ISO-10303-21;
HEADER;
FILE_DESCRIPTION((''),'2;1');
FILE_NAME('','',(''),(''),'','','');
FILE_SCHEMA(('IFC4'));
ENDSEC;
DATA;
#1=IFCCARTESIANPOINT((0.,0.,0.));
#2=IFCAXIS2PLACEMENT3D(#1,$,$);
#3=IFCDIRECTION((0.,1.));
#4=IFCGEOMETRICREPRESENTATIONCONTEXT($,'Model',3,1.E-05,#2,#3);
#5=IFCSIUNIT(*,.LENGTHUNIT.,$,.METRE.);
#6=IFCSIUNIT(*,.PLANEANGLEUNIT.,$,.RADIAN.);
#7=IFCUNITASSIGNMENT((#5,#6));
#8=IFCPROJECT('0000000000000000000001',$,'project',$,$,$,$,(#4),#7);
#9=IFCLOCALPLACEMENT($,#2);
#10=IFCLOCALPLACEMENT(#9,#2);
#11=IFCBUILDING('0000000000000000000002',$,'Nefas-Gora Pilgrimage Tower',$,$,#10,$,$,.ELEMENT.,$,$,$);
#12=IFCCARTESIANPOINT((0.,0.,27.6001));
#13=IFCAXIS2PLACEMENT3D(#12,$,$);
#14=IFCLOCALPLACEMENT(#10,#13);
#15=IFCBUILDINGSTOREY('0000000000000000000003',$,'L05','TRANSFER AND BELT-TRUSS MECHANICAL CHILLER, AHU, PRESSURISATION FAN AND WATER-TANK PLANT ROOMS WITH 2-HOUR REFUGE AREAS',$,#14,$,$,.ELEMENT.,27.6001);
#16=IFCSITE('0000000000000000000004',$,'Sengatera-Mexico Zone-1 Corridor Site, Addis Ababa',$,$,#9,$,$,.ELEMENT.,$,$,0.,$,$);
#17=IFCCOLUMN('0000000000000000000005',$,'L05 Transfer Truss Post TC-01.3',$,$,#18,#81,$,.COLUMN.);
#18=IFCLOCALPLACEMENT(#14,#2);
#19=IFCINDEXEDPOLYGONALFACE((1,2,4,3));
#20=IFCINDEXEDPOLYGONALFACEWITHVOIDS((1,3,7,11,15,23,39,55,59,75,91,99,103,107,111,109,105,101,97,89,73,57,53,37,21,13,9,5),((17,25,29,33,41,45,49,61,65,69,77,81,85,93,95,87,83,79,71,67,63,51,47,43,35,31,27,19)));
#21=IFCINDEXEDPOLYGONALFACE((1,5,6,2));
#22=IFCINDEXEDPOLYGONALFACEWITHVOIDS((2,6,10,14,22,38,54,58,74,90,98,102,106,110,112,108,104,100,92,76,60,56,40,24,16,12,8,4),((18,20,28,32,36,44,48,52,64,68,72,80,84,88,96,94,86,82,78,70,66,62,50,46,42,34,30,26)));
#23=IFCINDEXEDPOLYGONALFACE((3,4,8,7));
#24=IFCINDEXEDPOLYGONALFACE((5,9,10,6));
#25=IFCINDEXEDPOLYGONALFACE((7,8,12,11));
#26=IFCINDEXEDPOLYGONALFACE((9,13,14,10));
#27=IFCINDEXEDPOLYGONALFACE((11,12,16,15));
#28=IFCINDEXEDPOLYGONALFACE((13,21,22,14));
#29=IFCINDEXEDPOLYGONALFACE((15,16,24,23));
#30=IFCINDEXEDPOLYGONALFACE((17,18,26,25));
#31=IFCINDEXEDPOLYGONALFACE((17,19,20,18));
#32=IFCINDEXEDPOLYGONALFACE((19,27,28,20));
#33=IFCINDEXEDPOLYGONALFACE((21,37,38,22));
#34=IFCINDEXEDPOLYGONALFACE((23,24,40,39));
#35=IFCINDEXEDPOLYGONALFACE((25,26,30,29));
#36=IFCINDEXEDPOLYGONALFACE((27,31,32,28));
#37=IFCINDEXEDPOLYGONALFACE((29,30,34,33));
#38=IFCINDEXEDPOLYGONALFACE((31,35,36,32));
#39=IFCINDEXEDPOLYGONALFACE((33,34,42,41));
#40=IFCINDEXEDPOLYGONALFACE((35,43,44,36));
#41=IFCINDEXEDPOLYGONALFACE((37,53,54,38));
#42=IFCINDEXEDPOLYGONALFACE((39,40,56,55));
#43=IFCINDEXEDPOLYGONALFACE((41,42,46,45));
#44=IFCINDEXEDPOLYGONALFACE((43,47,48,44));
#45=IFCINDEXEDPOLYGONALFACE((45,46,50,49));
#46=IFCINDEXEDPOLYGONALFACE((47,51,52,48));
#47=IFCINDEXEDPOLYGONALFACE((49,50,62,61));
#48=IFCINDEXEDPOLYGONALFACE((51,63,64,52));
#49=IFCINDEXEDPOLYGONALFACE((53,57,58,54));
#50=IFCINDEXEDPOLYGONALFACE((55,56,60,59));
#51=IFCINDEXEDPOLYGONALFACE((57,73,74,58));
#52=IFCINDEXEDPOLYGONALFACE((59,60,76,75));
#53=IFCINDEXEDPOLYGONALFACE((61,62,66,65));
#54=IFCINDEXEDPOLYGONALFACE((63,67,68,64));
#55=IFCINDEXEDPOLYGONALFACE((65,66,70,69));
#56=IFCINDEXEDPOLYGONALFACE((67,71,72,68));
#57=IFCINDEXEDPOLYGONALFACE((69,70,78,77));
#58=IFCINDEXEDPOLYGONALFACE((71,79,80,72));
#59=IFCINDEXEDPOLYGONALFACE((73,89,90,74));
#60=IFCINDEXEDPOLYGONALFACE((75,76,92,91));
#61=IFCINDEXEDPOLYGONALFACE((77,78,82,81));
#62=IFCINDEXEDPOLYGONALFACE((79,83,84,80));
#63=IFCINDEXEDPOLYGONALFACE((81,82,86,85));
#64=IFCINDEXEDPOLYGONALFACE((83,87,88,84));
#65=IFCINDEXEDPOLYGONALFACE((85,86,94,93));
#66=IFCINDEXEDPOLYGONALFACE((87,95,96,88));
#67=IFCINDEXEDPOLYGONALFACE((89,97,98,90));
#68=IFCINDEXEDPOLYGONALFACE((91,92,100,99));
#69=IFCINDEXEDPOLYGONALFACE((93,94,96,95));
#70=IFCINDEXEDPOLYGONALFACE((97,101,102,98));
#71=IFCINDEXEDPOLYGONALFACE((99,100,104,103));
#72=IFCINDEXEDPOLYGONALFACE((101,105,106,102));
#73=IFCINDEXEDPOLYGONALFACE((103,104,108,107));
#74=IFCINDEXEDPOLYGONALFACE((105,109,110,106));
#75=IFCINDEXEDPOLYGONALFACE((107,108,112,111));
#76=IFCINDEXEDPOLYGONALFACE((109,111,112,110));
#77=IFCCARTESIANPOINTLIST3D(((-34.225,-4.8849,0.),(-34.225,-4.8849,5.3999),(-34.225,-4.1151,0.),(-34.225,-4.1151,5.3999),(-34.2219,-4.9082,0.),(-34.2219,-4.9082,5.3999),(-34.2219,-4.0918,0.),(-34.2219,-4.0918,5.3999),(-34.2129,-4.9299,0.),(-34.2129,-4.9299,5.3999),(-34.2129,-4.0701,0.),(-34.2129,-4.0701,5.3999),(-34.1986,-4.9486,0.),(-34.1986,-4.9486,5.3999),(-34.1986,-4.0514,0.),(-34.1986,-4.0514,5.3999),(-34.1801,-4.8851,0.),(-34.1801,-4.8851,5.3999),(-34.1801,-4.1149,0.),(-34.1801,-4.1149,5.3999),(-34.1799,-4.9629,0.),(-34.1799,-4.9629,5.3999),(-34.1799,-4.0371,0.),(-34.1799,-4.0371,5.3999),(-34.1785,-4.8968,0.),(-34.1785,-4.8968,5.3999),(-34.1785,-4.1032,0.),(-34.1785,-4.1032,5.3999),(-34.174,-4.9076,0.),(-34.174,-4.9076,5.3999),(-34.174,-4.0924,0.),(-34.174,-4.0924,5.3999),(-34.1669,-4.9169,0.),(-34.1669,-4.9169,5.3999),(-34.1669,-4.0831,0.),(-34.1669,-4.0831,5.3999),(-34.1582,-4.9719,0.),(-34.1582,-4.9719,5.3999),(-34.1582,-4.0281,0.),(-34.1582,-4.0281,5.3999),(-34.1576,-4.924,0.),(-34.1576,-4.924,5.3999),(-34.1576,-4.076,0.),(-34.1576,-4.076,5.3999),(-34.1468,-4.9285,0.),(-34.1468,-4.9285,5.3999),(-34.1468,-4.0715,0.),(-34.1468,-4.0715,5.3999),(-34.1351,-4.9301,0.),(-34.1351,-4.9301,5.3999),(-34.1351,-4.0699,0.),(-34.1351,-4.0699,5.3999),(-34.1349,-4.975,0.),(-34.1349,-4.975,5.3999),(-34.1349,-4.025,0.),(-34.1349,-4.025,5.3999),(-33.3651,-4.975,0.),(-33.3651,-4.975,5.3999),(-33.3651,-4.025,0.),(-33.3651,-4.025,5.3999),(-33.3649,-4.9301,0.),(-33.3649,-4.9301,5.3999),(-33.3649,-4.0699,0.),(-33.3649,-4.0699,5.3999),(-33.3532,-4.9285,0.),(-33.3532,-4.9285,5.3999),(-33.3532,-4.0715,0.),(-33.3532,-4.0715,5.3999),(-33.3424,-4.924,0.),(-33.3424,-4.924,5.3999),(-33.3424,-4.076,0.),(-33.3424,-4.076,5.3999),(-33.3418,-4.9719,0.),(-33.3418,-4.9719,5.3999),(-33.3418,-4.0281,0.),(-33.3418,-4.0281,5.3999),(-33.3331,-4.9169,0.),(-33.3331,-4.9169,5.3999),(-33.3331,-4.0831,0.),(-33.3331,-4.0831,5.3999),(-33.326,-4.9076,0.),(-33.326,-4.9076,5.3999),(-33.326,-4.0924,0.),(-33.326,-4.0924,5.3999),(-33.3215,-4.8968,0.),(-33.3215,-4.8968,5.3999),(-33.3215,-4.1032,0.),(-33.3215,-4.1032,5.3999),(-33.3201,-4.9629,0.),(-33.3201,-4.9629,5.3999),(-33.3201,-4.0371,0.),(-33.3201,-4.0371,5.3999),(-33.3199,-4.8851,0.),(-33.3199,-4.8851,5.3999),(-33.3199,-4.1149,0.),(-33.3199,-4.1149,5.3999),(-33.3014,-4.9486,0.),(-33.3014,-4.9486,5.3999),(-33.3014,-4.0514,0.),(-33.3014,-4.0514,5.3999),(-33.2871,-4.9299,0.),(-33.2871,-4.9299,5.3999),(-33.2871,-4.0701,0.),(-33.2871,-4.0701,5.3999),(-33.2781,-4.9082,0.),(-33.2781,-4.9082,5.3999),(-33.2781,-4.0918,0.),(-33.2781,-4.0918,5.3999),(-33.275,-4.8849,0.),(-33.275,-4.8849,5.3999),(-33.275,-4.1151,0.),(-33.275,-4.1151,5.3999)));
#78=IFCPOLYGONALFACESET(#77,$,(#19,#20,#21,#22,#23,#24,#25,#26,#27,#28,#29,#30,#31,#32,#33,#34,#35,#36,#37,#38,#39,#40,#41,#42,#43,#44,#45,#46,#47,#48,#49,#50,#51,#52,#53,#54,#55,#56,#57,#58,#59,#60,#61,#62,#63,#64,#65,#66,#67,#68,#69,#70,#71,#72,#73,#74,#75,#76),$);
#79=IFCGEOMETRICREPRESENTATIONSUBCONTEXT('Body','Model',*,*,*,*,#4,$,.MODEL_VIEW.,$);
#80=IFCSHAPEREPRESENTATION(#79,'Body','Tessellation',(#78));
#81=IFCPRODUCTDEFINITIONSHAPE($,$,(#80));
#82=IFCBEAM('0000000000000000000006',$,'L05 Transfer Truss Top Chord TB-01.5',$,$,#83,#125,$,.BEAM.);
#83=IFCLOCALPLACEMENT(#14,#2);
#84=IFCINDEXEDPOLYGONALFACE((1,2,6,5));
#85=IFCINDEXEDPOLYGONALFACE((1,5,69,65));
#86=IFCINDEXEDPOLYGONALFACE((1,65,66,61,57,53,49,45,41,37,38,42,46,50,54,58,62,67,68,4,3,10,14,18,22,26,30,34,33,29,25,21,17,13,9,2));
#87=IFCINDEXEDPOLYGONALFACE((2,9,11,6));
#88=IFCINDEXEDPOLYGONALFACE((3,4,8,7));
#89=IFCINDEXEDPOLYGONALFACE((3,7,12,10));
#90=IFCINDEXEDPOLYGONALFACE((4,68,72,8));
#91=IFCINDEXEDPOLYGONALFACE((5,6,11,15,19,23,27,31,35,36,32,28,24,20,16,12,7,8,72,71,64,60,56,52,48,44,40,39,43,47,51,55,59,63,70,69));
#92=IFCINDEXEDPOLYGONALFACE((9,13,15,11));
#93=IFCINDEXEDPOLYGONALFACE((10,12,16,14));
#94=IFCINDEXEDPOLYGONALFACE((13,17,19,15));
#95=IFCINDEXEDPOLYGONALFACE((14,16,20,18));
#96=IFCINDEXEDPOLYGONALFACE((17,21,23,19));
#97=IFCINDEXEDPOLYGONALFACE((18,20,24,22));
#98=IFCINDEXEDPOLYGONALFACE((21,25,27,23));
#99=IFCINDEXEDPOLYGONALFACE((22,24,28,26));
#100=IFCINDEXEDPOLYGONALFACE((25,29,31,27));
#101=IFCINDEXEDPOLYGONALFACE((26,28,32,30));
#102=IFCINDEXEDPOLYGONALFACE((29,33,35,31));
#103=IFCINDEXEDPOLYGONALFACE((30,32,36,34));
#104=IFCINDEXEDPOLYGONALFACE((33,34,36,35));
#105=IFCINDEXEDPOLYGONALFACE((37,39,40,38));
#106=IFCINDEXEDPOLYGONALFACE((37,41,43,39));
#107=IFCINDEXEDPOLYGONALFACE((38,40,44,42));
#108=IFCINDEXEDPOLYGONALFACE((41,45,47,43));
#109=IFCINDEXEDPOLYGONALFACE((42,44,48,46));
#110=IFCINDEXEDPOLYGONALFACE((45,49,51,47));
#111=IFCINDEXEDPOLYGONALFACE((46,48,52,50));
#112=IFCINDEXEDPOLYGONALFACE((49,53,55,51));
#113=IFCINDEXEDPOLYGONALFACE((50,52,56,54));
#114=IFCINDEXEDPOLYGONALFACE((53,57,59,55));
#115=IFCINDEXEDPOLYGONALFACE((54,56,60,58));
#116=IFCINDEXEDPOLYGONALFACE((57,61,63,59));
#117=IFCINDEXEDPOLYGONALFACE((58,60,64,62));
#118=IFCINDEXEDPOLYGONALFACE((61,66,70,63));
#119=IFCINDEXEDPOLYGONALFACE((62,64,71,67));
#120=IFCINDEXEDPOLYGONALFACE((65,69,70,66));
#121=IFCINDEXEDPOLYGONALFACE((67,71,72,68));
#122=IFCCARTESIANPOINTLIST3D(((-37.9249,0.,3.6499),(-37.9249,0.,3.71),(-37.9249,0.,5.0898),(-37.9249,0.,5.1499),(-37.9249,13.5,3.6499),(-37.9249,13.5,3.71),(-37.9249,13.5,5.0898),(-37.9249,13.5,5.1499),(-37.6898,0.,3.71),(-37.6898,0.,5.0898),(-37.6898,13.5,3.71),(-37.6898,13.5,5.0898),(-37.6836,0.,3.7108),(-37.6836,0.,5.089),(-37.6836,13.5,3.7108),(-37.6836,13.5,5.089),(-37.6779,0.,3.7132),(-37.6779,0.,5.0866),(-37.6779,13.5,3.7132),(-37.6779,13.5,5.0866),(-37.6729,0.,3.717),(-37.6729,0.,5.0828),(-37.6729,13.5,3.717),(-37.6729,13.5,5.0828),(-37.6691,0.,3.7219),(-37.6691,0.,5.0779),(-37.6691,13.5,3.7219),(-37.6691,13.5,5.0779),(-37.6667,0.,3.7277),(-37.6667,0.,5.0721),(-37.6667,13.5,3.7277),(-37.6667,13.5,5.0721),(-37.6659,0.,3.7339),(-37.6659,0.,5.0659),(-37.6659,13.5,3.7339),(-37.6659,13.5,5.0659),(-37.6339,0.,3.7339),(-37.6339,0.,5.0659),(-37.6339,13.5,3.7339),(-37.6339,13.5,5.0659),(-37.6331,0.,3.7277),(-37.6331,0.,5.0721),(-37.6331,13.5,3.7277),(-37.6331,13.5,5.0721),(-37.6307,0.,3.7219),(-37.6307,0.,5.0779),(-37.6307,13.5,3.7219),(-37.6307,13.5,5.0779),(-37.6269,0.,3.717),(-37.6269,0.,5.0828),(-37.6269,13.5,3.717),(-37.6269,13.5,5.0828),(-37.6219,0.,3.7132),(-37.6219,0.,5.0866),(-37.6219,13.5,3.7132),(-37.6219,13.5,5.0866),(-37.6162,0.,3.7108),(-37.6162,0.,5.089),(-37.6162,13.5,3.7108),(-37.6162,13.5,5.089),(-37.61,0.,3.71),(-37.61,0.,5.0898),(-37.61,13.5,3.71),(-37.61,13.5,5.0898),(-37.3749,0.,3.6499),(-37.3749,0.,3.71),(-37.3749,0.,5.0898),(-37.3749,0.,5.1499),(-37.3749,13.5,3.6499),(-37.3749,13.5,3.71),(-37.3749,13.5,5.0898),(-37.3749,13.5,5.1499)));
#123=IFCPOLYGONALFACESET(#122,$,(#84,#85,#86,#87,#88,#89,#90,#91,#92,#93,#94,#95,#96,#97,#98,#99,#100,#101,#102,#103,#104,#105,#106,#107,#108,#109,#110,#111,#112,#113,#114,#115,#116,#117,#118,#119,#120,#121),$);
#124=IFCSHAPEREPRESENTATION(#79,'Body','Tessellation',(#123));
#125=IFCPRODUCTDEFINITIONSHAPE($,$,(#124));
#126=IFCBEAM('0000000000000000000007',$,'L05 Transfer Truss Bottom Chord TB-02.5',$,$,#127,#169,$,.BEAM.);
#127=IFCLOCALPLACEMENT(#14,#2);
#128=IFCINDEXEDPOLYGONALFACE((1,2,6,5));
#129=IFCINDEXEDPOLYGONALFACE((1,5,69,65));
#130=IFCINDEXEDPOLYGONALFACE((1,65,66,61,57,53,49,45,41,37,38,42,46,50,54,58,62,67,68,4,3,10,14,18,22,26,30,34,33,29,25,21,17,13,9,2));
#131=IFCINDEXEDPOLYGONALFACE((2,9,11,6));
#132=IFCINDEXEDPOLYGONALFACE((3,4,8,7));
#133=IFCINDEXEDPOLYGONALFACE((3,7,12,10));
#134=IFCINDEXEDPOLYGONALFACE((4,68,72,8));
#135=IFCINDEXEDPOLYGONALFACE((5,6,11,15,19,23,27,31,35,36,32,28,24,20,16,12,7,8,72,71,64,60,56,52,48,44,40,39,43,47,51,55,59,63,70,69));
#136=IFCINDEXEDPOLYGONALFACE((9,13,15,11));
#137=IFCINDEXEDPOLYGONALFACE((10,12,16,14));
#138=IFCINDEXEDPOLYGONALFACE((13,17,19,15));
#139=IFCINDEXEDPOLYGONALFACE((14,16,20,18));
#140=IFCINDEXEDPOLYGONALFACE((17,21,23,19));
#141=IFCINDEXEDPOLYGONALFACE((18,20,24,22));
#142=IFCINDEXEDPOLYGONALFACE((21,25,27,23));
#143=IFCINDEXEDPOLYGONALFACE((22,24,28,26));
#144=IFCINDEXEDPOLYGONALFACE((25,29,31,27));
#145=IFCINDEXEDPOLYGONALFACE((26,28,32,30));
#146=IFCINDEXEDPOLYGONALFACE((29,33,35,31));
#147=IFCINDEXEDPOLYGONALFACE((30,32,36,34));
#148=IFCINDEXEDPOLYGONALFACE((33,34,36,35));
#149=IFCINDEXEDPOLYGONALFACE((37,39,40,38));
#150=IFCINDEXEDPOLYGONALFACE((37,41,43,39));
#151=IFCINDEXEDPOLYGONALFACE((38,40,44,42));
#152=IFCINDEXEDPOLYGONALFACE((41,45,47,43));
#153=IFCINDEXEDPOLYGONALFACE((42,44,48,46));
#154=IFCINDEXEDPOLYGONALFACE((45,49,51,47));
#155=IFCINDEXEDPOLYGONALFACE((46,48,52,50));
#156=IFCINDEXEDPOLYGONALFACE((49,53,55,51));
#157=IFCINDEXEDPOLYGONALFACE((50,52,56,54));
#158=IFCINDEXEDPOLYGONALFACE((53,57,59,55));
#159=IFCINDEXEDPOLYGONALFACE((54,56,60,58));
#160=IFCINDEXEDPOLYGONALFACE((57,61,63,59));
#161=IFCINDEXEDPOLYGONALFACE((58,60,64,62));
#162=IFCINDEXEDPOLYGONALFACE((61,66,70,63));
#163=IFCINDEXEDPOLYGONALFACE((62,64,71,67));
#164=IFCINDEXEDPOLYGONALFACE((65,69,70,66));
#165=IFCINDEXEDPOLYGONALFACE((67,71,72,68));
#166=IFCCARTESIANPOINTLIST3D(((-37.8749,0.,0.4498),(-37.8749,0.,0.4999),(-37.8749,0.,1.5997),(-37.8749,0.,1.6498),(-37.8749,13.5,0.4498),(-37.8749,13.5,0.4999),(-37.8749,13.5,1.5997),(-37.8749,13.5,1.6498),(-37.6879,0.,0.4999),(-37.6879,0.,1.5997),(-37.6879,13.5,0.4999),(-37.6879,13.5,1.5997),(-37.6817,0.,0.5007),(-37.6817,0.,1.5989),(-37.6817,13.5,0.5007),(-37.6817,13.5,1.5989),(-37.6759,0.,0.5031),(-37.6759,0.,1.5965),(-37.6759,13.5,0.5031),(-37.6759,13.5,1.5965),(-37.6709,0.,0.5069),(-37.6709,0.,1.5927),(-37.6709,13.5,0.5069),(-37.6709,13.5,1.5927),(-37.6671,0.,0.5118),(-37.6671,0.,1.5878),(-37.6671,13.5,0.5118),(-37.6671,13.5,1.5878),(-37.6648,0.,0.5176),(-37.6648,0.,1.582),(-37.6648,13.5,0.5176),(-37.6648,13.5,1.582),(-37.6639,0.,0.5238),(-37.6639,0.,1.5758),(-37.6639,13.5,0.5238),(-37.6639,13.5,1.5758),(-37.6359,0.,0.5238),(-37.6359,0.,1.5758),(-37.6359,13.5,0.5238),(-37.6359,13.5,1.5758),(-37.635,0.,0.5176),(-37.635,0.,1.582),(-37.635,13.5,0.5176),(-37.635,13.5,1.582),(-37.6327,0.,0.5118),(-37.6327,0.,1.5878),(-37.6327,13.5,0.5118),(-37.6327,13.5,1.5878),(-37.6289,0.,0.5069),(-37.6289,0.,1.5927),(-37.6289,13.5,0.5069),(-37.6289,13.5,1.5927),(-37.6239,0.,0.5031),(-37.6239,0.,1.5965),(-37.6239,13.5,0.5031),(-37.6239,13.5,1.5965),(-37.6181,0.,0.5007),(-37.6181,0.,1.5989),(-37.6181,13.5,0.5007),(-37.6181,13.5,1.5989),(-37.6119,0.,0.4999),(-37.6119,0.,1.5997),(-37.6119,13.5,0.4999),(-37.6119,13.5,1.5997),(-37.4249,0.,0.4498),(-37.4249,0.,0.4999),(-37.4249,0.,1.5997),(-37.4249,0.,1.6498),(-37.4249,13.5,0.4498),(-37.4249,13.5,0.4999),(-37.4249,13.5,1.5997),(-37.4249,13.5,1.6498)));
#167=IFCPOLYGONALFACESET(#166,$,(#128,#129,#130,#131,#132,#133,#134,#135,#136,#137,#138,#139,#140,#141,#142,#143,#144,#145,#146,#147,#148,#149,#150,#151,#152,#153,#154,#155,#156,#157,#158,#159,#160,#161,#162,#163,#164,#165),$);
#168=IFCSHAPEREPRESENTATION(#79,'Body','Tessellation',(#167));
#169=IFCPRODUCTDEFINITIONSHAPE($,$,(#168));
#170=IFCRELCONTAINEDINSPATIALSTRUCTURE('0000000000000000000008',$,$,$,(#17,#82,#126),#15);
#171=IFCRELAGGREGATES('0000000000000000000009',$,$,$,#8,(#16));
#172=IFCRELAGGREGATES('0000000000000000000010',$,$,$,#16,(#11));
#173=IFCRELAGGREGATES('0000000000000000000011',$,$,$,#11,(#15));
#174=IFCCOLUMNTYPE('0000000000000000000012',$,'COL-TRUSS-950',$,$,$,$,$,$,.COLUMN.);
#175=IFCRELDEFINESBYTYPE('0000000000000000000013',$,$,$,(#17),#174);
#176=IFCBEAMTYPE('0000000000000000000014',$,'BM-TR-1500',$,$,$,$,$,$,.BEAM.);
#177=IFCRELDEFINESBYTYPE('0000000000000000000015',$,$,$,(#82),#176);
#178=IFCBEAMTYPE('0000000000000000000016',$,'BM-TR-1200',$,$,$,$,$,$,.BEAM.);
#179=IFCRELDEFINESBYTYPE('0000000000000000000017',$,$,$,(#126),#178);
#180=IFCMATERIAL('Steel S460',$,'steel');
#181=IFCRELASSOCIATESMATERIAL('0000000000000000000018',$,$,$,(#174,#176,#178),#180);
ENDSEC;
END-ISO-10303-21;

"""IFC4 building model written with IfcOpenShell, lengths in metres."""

from ifc_helpers import new_model, si_unit, direction, frame, origin, origin_2d, place, context, subcontext, project, spatial, hollow_rectangle, i_section, extrude, source, transform, mapped, material, material_profile, profile_set, type_object, element, save


model = new_model("IFC4")

# Units and contexts
model_context = context("Model", 3, precision=1e-05, world=origin(), true_north=direction((0.0, 1.0)))
body_context = subcontext(model_context, "Body", "Model", "MODEL_VIEW")
ifc_project = project(units=[si_unit("LENGTHUNIT", "METRE"), si_unit("PLANEANGLEUNIT", "RADIAN")], contexts=[model_context])

# Site, building, storey
site_placement = place(None, origin())
site = spatial("IfcSite", under=ifc_project, at=site_placement, Name="Sengatera-Mexico Zone-1 Corridor Site, Addis Ababa", CompositionType="ELEMENT", RefElevation=0.0)
building_placement = place(site_placement, origin())
building = spatial("IfcBuilding", under=site, at=building_placement, Name="Nefas-Gora Pilgrimage Tower", CompositionType="ELEMENT")
storey_placement = place(building_placement, frame((0.0, 0.0, 27.6001)))
storey = spatial("IfcBuildingStorey", under=building, at=storey_placement, Name="L05", Description="TRANSFER AND BELT-TRUSS MECHANICAL CHILLER, AHU, PRESSURISATION FAN AND WATER-TANK PLANT ROOMS WITH 2-HOUR REFUGE AREAS", CompositionType="ELEMENT", Elevation=27.6001)

# Column
ifc_material_1 = material(Name="Steel S460", Category="steel")
ifc_material_profile_1 = material_profile(ifc_material_1, hollow_rectangle(XDim=0.95, YDim=0.95, WallThickness=0.0449, InnerFilletRadius=0.0449, OuterFilletRadius=0.0901, at=origin_2d()), Name="BOX 950x950x45")
ifc_profile_set_1 = profile_set([ifc_material_profile_1], Name="Steel S460")
column_type_1 = type_object("IfcColumnType", Name="COL-TRUSS-950", PredefinedType="COLUMN", material=ifc_profile_set_1)
shared_shape_1 = source(origin(), body_context, "Body", "SweptSolid", [
    extrude(hollow_rectangle(XDim=0.95, YDim=0.95, WallThickness=0.0449, InnerFilletRadius=0.0449, OuterFilletRadius=0.0901, at=origin_2d()), origin(), (0.0, 0.0, 1.0), 5.3999),
])
for number, where, z_axis, x_axis, name in (
    (1, (-33.75, -4.5, 0.0), (0.0, 0.0, 1.0), (1.0, 0.0, 0.0), "L05 Transfer Truss Post TC-01.3"),
):
    element("IfcColumn", number, at=place(storey_placement, frame(where, z_axis=z_axis, x_axis=x_axis)), inside=storey, type_object=column_type_1, Name=name, PredefinedType="COLUMN", context=body_context, shape_type="MappedRepresentation", body=[
        mapped(shared_shape_1, transform((0.0, 0.0, 0.0), x_axis=(1.0, 0.0, 0.0), y_axis=(0.0, 1.0, 0.0), z_axis=(0.0, 0.0, 1.0), scale=1.0)),
    ])

# Beams
ifc_material_profile_2 = material_profile(ifc_material_1, i_section(OverallWidth=0.55, OverallDepth=1.5, WebThickness=0.032, FlangeThickness=0.0601, FilletRadius=0.0239, at=origin_2d()), Name="WPG 1500x550x32x60")
ifc_profile_set_2 = profile_set([ifc_material_profile_2], Name="Steel S460")
beam_type_1 = type_object("IfcBeamType", Name="BM-TR-1500", PredefinedType="BEAM", material=ifc_profile_set_2)
shared_shape_2 = source(origin(), body_context, "Body", "SweptSolid", [
    extrude(i_section(OverallWidth=0.55, OverallDepth=1.5, WebThickness=0.032, FlangeThickness=0.0601, FilletRadius=0.0239, at=origin_2d()), origin(), (0.0, 0.0, 1.0), 13.5),
])
beam_1_placement = place(storey_placement, frame((-37.6499, 0.0, 4.3999), z_axis=(0.0, 1.0, 0.0), x_axis=(-1.0, 0.0, 0.0)))
element("IfcBeam", 2, at=beam_1_placement, inside=storey, type_object=beam_type_1, Name="L05 Transfer Truss Top Chord TB-01.5", PredefinedType="BEAM", context=body_context, shape_type="MappedRepresentation", body=[
    mapped(shared_shape_2, transform((0.0, 0.0, 0.0), x_axis=(1.0, 0.0, 0.0), y_axis=(0.0, 1.0, 0.0), z_axis=(0.0, 0.0, 1.0), scale=1.0)),
])
ifc_material_profile_3 = material_profile(ifc_material_1, i_section(OverallWidth=0.45, OverallDepth=1.2, WebThickness=0.0281, FlangeThickness=0.05, FilletRadius=0.0239, at=origin_2d()), Name="WPG 1200x450x28x50")
ifc_profile_set_3 = profile_set([ifc_material_profile_3], Name="Steel S460")
beam_type_2 = type_object("IfcBeamType", Name="BM-TR-1200", PredefinedType="BEAM", material=ifc_profile_set_3)
shared_shape_3 = source(origin(), body_context, "Body", "SweptSolid", [
    extrude(i_section(OverallWidth=0.45, OverallDepth=1.2, WebThickness=0.0281, FlangeThickness=0.05, FilletRadius=0.0239, at=origin_2d()), origin(), (0.0, 0.0, 1.0), 13.5),
])
beam_2_placement = place(storey_placement, frame((-37.6499, 0.0, 1.0498), z_axis=(0.0, 1.0, 0.0), x_axis=(-1.0, 0.0, 0.0)))
element("IfcBeam", 3, at=beam_2_placement, inside=storey, type_object=beam_type_2, Name="L05 Transfer Truss Bottom Chord TB-02.5", PredefinedType="BEAM", context=body_context, shape_type="MappedRepresentation", body=[
    mapped(shared_shape_3, transform((0.0, 0.0, 0.0), x_axis=(1.0, 0.0, 0.0), y_axis=(0.0, 1.0, 0.0), z_axis=(0.0, 0.0, 1.0), scale=1.0)),
])

save(model, "model.ifc")
